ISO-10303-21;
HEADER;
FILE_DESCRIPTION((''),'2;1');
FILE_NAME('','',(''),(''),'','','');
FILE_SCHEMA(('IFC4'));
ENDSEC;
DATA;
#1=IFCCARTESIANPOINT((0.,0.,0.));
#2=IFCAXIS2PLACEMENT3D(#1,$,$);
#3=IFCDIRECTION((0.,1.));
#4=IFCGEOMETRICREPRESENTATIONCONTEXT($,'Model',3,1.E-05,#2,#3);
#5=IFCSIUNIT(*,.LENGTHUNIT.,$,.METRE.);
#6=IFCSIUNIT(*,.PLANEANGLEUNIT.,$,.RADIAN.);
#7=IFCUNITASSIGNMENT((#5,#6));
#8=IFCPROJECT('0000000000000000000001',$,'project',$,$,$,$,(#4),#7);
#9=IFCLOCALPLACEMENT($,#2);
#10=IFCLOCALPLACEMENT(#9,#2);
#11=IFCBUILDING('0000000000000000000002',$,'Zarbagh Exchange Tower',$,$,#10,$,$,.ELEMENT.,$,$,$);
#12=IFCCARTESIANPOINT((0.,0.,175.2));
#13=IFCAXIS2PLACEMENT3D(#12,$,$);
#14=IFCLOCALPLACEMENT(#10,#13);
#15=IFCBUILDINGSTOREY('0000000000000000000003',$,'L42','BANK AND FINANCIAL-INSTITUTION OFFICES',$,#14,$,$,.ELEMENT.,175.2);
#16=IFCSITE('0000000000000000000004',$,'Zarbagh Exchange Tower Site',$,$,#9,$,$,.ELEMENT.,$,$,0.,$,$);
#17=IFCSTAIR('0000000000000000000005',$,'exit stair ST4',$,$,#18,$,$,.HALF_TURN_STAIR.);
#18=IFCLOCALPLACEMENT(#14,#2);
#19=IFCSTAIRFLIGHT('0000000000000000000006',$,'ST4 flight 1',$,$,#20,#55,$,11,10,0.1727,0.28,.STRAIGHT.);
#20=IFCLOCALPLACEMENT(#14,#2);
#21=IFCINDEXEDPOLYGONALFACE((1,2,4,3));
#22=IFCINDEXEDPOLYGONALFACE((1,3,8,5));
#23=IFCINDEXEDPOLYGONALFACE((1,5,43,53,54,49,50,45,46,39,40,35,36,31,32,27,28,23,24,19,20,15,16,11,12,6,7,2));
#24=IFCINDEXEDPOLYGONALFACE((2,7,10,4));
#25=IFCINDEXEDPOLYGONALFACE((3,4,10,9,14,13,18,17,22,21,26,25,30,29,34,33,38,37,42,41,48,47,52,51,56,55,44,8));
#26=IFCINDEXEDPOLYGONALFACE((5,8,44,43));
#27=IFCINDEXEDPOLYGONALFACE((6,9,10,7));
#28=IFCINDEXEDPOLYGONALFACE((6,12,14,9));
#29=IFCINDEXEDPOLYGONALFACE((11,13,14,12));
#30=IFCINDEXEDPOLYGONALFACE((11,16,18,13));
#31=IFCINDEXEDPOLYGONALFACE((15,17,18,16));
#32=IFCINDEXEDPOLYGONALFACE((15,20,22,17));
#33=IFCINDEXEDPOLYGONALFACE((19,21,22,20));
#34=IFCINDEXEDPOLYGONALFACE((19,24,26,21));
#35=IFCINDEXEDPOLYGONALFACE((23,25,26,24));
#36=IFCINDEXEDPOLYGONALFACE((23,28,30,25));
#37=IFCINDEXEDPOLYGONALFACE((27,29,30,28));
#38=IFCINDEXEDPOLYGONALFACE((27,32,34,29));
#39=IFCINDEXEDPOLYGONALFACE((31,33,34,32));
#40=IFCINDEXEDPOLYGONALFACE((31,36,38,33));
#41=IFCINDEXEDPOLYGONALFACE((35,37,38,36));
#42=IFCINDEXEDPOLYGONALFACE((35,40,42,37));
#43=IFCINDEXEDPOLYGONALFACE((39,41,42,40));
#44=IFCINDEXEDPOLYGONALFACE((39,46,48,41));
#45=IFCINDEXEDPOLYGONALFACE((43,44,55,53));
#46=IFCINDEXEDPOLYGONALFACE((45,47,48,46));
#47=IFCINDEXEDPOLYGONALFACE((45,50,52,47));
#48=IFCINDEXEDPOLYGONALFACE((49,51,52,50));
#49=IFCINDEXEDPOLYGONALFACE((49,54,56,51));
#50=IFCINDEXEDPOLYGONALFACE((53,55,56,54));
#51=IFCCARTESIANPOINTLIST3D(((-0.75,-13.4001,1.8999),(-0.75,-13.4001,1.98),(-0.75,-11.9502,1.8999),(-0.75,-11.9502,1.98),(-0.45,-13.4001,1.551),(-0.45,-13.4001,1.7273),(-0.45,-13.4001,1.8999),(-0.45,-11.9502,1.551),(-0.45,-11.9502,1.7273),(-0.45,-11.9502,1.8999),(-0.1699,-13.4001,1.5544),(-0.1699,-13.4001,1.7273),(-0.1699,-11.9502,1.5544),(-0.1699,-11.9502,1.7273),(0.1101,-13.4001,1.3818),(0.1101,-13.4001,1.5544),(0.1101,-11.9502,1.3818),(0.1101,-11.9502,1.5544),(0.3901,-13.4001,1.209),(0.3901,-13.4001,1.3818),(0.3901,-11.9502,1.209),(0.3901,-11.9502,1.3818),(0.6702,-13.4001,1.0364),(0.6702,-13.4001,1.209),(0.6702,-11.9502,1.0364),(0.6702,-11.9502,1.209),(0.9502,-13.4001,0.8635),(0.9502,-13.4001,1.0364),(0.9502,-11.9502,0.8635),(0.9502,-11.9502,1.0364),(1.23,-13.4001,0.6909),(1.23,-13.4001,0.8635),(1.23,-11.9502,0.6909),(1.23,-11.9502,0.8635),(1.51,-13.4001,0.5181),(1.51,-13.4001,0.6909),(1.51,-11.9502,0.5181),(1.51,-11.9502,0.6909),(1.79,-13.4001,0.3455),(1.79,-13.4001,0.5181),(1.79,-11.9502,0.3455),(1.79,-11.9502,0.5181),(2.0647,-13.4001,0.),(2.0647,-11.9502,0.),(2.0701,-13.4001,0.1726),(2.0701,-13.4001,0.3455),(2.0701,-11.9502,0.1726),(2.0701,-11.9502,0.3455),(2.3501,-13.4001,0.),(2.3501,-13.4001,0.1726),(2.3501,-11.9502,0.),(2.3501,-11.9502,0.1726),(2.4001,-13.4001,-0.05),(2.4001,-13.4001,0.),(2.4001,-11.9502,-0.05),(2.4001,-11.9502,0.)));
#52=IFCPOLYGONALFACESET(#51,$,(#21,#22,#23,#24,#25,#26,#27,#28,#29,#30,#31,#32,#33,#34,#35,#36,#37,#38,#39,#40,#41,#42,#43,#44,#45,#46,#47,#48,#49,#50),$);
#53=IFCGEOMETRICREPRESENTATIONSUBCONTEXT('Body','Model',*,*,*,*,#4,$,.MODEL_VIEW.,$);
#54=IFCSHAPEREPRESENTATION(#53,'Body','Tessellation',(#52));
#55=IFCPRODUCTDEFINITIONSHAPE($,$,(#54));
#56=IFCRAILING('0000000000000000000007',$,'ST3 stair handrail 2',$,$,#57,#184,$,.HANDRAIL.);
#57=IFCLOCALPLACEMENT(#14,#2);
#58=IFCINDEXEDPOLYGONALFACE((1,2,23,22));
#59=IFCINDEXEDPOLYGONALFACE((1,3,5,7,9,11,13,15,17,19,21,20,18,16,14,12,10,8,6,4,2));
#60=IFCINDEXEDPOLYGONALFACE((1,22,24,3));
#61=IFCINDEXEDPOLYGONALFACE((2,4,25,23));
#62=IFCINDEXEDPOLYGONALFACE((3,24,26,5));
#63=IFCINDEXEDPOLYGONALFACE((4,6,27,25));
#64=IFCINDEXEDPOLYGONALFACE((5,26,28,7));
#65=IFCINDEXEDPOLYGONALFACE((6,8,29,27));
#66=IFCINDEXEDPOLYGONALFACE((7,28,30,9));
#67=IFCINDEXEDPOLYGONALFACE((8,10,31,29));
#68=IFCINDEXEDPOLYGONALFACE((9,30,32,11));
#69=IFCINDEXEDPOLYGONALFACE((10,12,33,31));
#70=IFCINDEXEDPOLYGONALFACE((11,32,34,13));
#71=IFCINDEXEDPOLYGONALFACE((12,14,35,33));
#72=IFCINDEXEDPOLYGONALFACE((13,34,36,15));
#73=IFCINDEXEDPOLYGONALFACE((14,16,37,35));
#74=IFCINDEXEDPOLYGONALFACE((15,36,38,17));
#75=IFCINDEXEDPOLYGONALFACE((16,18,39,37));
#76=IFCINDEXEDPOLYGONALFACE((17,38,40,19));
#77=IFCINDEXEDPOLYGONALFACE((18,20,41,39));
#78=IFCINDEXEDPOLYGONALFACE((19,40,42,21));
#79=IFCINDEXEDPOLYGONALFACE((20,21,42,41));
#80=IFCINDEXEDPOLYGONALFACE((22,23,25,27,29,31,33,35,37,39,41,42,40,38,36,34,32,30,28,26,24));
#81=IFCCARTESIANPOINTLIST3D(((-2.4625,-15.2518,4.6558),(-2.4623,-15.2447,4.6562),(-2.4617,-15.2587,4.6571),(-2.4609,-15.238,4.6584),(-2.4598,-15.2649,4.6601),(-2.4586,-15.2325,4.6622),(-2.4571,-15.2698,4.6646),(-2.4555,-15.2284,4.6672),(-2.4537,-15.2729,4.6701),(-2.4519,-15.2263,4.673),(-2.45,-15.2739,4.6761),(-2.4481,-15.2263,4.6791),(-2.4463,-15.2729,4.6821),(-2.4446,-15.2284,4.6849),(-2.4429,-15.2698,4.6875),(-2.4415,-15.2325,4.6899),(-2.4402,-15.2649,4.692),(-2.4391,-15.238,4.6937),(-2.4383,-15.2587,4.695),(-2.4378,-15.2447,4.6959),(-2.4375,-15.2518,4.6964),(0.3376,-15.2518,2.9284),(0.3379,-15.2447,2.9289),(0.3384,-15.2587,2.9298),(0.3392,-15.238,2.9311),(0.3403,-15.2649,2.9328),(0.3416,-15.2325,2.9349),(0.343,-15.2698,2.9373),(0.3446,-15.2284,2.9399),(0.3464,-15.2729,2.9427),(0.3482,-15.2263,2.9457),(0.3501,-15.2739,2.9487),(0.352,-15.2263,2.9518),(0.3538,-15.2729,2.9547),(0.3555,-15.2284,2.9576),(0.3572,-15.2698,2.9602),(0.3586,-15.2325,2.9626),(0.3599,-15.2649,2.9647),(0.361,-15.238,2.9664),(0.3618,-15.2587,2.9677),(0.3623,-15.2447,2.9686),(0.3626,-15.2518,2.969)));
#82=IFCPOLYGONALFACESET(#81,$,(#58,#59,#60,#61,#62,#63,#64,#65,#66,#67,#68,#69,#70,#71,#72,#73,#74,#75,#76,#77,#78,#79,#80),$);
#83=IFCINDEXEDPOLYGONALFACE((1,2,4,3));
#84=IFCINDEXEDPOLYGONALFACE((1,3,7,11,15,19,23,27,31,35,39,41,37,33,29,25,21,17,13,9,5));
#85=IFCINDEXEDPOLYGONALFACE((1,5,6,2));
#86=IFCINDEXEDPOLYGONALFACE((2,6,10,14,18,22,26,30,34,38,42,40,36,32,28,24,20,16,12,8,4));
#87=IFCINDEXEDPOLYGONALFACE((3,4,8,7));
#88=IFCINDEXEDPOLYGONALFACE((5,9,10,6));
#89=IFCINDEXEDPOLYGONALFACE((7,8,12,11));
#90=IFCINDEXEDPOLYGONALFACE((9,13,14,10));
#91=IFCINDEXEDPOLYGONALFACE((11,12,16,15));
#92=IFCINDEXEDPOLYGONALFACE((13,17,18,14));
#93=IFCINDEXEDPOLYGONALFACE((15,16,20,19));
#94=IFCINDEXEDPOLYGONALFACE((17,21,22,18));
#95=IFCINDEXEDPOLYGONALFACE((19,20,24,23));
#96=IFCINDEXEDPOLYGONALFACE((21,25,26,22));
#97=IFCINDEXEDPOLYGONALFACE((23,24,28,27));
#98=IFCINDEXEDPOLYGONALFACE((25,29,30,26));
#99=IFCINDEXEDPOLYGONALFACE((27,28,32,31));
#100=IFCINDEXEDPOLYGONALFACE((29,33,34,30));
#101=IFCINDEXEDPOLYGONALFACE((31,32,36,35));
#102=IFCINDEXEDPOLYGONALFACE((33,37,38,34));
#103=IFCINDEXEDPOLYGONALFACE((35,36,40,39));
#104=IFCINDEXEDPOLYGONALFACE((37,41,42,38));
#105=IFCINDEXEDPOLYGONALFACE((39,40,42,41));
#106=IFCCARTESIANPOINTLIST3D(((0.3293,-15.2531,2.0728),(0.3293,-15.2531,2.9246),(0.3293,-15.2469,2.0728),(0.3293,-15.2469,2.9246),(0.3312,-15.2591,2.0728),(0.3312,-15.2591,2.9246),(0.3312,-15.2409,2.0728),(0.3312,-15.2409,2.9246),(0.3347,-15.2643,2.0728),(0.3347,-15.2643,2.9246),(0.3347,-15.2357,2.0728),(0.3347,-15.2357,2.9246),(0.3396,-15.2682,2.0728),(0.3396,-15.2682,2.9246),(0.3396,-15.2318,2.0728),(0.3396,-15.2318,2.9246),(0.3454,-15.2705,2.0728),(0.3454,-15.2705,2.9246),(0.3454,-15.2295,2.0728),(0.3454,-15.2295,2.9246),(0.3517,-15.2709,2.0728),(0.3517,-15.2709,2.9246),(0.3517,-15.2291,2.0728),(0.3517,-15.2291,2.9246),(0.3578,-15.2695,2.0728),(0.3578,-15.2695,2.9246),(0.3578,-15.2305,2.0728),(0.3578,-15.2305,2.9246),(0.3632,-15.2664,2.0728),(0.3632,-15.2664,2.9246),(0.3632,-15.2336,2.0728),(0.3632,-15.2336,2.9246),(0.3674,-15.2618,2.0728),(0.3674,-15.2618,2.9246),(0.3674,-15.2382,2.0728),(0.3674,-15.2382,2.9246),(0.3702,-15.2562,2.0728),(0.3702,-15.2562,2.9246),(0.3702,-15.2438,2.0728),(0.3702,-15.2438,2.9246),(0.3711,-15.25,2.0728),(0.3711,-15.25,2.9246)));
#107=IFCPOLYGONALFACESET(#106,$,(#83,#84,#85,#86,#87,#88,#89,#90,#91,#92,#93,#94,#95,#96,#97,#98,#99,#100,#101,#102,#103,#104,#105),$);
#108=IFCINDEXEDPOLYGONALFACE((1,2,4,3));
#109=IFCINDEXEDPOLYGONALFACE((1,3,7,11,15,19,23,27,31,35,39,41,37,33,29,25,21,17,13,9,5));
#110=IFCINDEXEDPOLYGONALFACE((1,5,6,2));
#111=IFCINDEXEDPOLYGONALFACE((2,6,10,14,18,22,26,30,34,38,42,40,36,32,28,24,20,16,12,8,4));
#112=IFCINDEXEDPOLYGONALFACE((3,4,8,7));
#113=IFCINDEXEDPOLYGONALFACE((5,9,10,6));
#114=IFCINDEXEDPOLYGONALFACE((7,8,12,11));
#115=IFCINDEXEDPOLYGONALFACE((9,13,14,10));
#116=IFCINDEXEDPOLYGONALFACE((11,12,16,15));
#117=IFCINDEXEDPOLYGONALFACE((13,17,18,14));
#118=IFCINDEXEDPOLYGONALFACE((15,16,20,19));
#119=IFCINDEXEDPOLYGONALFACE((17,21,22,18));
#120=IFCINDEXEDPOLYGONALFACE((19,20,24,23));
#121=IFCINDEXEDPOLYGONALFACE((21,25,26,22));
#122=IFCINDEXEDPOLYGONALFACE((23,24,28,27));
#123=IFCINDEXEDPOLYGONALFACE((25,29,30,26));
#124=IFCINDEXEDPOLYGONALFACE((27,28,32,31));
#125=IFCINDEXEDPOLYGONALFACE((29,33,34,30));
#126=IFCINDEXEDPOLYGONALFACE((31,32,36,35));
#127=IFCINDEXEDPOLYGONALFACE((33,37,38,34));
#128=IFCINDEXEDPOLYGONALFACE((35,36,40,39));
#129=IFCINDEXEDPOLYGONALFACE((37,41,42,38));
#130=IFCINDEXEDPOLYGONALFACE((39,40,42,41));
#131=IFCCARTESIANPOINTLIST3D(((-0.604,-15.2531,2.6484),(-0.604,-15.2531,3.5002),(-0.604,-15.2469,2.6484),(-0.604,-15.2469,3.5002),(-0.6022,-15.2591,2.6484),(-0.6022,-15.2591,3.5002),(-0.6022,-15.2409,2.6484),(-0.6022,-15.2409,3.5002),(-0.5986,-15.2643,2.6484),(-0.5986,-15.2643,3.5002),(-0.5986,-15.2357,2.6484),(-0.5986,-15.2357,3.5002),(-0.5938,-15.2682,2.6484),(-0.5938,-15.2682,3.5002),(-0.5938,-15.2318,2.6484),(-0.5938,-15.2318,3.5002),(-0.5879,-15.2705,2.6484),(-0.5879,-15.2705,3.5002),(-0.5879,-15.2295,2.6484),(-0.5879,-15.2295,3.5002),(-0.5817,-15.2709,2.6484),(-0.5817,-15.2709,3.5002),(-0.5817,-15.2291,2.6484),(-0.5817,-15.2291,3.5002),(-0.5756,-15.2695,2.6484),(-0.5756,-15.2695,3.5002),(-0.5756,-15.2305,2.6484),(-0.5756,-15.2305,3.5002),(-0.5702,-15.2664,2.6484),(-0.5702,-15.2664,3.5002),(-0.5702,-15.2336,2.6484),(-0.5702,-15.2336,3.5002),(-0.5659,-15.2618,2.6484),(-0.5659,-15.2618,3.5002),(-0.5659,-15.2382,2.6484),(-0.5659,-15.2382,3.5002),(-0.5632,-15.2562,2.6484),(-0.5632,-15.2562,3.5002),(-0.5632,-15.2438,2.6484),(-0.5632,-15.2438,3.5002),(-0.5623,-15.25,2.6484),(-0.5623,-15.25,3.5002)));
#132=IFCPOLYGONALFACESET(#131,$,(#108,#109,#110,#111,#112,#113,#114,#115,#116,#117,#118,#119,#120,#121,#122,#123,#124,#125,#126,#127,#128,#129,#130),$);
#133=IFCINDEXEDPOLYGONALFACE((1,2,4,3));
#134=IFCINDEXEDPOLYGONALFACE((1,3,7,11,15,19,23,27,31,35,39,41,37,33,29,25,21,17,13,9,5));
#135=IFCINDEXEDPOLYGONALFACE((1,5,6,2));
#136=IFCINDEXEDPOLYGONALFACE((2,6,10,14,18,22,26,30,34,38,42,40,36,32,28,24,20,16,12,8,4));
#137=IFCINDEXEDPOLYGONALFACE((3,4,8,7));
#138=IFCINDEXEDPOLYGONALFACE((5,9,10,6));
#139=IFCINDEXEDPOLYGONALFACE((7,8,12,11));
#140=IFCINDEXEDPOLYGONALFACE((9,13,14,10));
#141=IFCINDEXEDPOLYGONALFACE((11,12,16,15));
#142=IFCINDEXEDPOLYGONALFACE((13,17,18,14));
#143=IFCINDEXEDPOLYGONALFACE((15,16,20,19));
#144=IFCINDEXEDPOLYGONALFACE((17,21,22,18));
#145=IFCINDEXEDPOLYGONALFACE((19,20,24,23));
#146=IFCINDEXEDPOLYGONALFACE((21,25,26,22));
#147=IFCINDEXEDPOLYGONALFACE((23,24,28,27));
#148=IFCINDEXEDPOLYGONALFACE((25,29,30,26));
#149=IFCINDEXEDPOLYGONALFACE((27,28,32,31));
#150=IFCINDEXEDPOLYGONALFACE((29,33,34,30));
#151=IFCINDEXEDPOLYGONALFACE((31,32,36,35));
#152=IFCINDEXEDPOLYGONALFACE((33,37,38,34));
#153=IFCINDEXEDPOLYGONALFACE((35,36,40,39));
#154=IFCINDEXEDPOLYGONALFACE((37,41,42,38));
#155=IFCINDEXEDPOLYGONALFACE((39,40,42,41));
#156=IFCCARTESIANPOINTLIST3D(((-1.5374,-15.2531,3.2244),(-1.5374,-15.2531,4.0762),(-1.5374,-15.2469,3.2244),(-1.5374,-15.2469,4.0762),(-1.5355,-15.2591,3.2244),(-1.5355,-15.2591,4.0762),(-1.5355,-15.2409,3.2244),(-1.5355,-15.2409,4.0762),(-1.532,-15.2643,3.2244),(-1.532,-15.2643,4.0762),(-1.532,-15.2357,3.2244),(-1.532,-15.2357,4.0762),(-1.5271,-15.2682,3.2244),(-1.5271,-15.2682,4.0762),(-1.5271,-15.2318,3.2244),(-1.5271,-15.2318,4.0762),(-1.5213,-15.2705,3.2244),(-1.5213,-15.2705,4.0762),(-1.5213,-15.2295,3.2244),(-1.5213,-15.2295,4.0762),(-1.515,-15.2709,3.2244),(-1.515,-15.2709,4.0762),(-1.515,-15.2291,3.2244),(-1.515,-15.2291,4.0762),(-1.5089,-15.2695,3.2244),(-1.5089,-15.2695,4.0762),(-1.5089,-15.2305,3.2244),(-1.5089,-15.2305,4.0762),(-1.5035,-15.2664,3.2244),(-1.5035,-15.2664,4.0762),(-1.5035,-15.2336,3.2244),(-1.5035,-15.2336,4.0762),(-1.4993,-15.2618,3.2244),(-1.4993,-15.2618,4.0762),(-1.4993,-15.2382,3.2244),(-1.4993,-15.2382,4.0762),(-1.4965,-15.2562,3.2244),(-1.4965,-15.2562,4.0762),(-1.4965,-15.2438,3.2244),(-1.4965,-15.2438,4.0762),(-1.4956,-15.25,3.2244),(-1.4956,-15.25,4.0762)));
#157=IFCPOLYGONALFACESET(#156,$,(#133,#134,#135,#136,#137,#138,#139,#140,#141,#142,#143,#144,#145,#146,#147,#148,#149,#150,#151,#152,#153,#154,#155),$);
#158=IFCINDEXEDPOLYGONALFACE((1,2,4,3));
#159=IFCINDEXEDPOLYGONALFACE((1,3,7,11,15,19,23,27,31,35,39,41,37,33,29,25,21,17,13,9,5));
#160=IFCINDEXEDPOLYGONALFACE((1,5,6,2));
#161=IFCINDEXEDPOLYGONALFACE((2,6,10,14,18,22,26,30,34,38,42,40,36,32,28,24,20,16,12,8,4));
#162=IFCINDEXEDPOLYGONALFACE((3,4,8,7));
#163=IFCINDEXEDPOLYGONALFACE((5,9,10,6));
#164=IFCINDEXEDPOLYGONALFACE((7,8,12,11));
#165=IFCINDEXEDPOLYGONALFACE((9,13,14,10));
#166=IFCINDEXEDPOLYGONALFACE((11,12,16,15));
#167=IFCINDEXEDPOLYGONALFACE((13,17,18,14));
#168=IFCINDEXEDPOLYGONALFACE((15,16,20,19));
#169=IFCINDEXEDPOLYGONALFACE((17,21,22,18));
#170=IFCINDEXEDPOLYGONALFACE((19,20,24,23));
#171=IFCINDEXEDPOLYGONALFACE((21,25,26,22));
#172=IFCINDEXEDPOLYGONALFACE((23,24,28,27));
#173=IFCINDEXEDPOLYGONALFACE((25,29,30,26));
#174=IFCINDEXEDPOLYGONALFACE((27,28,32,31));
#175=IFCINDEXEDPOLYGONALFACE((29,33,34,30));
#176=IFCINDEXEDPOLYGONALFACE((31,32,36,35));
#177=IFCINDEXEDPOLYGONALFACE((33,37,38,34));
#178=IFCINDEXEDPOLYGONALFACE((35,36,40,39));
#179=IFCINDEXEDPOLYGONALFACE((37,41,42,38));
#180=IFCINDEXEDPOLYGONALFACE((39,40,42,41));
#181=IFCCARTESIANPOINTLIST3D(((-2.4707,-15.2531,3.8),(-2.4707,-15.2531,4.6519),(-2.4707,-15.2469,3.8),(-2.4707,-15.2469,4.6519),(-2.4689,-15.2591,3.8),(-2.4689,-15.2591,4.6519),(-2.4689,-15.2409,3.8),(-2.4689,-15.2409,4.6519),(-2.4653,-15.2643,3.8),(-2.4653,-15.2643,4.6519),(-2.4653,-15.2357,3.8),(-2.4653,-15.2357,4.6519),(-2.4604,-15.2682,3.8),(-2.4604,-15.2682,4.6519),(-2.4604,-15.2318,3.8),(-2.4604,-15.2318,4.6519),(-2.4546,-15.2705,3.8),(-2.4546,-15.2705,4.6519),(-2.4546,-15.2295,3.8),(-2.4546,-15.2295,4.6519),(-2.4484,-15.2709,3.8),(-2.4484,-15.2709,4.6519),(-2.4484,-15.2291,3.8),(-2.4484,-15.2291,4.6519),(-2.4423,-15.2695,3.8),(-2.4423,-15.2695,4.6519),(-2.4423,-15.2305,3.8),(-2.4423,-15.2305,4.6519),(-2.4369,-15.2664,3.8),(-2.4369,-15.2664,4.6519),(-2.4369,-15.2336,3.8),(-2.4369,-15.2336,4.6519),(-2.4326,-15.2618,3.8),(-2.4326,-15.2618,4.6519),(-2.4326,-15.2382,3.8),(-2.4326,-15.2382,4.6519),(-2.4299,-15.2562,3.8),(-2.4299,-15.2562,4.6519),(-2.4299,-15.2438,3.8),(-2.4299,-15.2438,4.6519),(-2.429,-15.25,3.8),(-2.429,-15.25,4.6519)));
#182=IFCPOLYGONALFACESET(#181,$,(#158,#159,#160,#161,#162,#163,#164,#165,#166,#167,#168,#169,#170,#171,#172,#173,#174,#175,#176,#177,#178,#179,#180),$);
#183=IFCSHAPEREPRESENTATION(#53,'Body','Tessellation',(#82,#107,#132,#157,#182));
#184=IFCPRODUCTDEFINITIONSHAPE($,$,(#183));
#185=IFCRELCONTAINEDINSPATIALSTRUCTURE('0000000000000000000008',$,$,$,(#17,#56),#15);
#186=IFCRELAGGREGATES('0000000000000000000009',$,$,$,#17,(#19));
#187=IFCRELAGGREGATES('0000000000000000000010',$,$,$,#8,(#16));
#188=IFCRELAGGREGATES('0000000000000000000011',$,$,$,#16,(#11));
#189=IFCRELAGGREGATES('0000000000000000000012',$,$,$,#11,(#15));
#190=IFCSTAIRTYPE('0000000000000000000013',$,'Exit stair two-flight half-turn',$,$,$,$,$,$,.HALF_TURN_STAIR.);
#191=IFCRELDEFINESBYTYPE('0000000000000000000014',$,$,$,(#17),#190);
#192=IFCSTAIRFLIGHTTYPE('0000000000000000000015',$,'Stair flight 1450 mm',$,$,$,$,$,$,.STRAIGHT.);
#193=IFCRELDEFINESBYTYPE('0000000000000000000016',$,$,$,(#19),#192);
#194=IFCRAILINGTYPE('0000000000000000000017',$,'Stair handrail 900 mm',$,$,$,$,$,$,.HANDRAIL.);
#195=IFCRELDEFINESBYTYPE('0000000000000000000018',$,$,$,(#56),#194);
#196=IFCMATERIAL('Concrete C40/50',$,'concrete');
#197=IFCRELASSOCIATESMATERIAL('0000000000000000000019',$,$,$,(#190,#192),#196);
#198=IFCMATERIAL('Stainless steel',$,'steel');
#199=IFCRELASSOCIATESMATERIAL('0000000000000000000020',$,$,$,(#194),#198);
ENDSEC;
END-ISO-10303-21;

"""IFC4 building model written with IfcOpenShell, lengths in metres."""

from ifc_helpers import new_model, si_unit, direction, frame, origin, origin_2d, place, context, subcontext, project, spatial, polyline, circle, outline, extrude, material, type_object, element, aggregate, save


model = new_model("IFC4")

# Units and contexts
model_context = context("Model", 3, precision=1e-05, world=origin(), true_north=direction((0.0, 1.0)))
body_context = subcontext(model_context, "Body", "Model", "MODEL_VIEW")
ifc_project = project(units=[si_unit("LENGTHUNIT", "METRE"), si_unit("PLANEANGLEUNIT", "RADIAN")], contexts=[model_context])

# Site, building, storey
site_placement = place(None, origin())
site = spatial("IfcSite", under=ifc_project, at=site_placement, Name="Zarbagh Exchange Tower Site", CompositionType="ELEMENT", RefElevation=0.0)
building_placement = place(site_placement, origin())
building = spatial("IfcBuilding", under=site, at=building_placement, Name="Zarbagh Exchange Tower", CompositionType="ELEMENT")
storey_placement = place(building_placement, frame((0.0, 0.0, 175.2)))
storey = spatial("IfcBuildingStorey", under=building, at=storey_placement, Name="L42", Description="BANK AND FINANCIAL-INSTITUTION OFFICES", CompositionType="ELEMENT", Elevation=175.2)

# Shared definitions
ifc_material_1 = material(Name="Stainless steel", Category="steel")

# Shared definitions
ifc_material_2 = material(Name="Concrete C40/50", Category="concrete")

# Stair, stair flight
stair_type = type_object("IfcStairType", Name="Exit stair two-flight half-turn", PredefinedType="HALF_TURN_STAIR", material=ifc_material_2)
stair_1_placement = place(storey_placement, origin())
stair_1 = element("IfcStair", 1, at=stair_1_placement, inside=storey, type_object=stair_type, Name="exit stair ST4", PredefinedType="HALF_TURN_STAIR")
stair_flight_type_1 = type_object("IfcStairFlightType", Name="Stair flight 1450 mm", PredefinedType="STRAIGHT", material=ifc_material_2)
stair_flight_1_placement = place(storey_placement, frame((2.3501, -12.675, 0.0), z_axis=(0.0, 0.0, 1.0), x_axis=(-1.0, 0.0, 0.0)))
stair_flight_1 = element("IfcStairFlight", 2, at=stair_flight_1_placement, type_object=stair_flight_type_1, Name="ST4 flight 1", NumberOfRisers=11, NumberOfTreads=10, PredefinedType="STRAIGHT", RiserHeight=0.1727, TreadLength=0.28, context=body_context, shape_type="SweptSolid", body=[
    extrude(outline(polyline([(-0.05, -0.05), (-0.05, 0.0), (0.0, 0.0), (0.0, 0.1726), (0.28, 0.1726), (0.28, 0.3455), (0.5601, 0.3455), (0.5601, 0.5181), (0.8401, 0.5181), (0.8401, 0.6909), (1.1201, 0.6909), (1.1201, 0.8635), (1.3999, 0.8635), (1.3999, 1.0364), (1.6799, 1.0364), (1.6799, 1.209), (1.96, 1.209), (1.96, 1.3818), (2.24, 1.3818), (2.24, 1.5544), (2.52, 1.5544), (2.52, 1.7273), (2.8, 1.7273), (2.8, 1.8999), (3.1001, 1.98), (3.1001, 1.8999), (2.8, 1.551), (0.2854, 0.0), (-0.05, -0.05)])), frame((0.0, 0.7251, 0.0), z_axis=(0.0, -1.0, 0.0), x_axis=(1.0, 0.0, 0.0)), (0.0, 0.0, 1.0), 1.45),
])
aggregate(stair_1, [stair_flight_1])

# Railing
railing_type_1 = type_object("IfcRailingType", Name="Stair handrail 900 mm", PredefinedType="HANDRAIL", material=ifc_material_1)
for number, where, name in (
    (3, (0.3501, -15.25, 2.0728), "ST3 stair handrail 2"),
):
    element("IfcRailing", number, at=place(storey_placement, frame(where)), inside=storey, type_object=railing_type_1, Name=name, PredefinedType="HANDRAIL", context=body_context, shape_type="SweptSolid", body=[
        extrude(circle(Radius=0.0239, at=origin_2d()), frame((0.0, 0.0, 0.876), z_axis=(-0.85109, 0.0, 0.52502), x_axis=(0.0, -1.0, 0.0)), (0.0, 0.0, 1.0), 3.29),
        extrude(circle(Radius=0.021, at=origin_2d()), origin(), (0.0, 0.0, 1.0), 0.8518),
        extrude(circle(Radius=0.021, at=origin_2d()), frame((-0.9333, 0.0, 0.5757)), (0.0, 0.0, 1.0), 0.8518),
        extrude(circle(Radius=0.021, at=origin_2d()), frame((-1.8667, 0.0, 1.1516)), (0.0, 0.0, 1.0), 0.8518),
        extrude(circle(Radius=0.021, at=origin_2d()), frame((-2.8, 0.0, 1.7273)), (0.0, 0.0, 1.0), 0.8518),
    ])

save(model, "model.ifc")
